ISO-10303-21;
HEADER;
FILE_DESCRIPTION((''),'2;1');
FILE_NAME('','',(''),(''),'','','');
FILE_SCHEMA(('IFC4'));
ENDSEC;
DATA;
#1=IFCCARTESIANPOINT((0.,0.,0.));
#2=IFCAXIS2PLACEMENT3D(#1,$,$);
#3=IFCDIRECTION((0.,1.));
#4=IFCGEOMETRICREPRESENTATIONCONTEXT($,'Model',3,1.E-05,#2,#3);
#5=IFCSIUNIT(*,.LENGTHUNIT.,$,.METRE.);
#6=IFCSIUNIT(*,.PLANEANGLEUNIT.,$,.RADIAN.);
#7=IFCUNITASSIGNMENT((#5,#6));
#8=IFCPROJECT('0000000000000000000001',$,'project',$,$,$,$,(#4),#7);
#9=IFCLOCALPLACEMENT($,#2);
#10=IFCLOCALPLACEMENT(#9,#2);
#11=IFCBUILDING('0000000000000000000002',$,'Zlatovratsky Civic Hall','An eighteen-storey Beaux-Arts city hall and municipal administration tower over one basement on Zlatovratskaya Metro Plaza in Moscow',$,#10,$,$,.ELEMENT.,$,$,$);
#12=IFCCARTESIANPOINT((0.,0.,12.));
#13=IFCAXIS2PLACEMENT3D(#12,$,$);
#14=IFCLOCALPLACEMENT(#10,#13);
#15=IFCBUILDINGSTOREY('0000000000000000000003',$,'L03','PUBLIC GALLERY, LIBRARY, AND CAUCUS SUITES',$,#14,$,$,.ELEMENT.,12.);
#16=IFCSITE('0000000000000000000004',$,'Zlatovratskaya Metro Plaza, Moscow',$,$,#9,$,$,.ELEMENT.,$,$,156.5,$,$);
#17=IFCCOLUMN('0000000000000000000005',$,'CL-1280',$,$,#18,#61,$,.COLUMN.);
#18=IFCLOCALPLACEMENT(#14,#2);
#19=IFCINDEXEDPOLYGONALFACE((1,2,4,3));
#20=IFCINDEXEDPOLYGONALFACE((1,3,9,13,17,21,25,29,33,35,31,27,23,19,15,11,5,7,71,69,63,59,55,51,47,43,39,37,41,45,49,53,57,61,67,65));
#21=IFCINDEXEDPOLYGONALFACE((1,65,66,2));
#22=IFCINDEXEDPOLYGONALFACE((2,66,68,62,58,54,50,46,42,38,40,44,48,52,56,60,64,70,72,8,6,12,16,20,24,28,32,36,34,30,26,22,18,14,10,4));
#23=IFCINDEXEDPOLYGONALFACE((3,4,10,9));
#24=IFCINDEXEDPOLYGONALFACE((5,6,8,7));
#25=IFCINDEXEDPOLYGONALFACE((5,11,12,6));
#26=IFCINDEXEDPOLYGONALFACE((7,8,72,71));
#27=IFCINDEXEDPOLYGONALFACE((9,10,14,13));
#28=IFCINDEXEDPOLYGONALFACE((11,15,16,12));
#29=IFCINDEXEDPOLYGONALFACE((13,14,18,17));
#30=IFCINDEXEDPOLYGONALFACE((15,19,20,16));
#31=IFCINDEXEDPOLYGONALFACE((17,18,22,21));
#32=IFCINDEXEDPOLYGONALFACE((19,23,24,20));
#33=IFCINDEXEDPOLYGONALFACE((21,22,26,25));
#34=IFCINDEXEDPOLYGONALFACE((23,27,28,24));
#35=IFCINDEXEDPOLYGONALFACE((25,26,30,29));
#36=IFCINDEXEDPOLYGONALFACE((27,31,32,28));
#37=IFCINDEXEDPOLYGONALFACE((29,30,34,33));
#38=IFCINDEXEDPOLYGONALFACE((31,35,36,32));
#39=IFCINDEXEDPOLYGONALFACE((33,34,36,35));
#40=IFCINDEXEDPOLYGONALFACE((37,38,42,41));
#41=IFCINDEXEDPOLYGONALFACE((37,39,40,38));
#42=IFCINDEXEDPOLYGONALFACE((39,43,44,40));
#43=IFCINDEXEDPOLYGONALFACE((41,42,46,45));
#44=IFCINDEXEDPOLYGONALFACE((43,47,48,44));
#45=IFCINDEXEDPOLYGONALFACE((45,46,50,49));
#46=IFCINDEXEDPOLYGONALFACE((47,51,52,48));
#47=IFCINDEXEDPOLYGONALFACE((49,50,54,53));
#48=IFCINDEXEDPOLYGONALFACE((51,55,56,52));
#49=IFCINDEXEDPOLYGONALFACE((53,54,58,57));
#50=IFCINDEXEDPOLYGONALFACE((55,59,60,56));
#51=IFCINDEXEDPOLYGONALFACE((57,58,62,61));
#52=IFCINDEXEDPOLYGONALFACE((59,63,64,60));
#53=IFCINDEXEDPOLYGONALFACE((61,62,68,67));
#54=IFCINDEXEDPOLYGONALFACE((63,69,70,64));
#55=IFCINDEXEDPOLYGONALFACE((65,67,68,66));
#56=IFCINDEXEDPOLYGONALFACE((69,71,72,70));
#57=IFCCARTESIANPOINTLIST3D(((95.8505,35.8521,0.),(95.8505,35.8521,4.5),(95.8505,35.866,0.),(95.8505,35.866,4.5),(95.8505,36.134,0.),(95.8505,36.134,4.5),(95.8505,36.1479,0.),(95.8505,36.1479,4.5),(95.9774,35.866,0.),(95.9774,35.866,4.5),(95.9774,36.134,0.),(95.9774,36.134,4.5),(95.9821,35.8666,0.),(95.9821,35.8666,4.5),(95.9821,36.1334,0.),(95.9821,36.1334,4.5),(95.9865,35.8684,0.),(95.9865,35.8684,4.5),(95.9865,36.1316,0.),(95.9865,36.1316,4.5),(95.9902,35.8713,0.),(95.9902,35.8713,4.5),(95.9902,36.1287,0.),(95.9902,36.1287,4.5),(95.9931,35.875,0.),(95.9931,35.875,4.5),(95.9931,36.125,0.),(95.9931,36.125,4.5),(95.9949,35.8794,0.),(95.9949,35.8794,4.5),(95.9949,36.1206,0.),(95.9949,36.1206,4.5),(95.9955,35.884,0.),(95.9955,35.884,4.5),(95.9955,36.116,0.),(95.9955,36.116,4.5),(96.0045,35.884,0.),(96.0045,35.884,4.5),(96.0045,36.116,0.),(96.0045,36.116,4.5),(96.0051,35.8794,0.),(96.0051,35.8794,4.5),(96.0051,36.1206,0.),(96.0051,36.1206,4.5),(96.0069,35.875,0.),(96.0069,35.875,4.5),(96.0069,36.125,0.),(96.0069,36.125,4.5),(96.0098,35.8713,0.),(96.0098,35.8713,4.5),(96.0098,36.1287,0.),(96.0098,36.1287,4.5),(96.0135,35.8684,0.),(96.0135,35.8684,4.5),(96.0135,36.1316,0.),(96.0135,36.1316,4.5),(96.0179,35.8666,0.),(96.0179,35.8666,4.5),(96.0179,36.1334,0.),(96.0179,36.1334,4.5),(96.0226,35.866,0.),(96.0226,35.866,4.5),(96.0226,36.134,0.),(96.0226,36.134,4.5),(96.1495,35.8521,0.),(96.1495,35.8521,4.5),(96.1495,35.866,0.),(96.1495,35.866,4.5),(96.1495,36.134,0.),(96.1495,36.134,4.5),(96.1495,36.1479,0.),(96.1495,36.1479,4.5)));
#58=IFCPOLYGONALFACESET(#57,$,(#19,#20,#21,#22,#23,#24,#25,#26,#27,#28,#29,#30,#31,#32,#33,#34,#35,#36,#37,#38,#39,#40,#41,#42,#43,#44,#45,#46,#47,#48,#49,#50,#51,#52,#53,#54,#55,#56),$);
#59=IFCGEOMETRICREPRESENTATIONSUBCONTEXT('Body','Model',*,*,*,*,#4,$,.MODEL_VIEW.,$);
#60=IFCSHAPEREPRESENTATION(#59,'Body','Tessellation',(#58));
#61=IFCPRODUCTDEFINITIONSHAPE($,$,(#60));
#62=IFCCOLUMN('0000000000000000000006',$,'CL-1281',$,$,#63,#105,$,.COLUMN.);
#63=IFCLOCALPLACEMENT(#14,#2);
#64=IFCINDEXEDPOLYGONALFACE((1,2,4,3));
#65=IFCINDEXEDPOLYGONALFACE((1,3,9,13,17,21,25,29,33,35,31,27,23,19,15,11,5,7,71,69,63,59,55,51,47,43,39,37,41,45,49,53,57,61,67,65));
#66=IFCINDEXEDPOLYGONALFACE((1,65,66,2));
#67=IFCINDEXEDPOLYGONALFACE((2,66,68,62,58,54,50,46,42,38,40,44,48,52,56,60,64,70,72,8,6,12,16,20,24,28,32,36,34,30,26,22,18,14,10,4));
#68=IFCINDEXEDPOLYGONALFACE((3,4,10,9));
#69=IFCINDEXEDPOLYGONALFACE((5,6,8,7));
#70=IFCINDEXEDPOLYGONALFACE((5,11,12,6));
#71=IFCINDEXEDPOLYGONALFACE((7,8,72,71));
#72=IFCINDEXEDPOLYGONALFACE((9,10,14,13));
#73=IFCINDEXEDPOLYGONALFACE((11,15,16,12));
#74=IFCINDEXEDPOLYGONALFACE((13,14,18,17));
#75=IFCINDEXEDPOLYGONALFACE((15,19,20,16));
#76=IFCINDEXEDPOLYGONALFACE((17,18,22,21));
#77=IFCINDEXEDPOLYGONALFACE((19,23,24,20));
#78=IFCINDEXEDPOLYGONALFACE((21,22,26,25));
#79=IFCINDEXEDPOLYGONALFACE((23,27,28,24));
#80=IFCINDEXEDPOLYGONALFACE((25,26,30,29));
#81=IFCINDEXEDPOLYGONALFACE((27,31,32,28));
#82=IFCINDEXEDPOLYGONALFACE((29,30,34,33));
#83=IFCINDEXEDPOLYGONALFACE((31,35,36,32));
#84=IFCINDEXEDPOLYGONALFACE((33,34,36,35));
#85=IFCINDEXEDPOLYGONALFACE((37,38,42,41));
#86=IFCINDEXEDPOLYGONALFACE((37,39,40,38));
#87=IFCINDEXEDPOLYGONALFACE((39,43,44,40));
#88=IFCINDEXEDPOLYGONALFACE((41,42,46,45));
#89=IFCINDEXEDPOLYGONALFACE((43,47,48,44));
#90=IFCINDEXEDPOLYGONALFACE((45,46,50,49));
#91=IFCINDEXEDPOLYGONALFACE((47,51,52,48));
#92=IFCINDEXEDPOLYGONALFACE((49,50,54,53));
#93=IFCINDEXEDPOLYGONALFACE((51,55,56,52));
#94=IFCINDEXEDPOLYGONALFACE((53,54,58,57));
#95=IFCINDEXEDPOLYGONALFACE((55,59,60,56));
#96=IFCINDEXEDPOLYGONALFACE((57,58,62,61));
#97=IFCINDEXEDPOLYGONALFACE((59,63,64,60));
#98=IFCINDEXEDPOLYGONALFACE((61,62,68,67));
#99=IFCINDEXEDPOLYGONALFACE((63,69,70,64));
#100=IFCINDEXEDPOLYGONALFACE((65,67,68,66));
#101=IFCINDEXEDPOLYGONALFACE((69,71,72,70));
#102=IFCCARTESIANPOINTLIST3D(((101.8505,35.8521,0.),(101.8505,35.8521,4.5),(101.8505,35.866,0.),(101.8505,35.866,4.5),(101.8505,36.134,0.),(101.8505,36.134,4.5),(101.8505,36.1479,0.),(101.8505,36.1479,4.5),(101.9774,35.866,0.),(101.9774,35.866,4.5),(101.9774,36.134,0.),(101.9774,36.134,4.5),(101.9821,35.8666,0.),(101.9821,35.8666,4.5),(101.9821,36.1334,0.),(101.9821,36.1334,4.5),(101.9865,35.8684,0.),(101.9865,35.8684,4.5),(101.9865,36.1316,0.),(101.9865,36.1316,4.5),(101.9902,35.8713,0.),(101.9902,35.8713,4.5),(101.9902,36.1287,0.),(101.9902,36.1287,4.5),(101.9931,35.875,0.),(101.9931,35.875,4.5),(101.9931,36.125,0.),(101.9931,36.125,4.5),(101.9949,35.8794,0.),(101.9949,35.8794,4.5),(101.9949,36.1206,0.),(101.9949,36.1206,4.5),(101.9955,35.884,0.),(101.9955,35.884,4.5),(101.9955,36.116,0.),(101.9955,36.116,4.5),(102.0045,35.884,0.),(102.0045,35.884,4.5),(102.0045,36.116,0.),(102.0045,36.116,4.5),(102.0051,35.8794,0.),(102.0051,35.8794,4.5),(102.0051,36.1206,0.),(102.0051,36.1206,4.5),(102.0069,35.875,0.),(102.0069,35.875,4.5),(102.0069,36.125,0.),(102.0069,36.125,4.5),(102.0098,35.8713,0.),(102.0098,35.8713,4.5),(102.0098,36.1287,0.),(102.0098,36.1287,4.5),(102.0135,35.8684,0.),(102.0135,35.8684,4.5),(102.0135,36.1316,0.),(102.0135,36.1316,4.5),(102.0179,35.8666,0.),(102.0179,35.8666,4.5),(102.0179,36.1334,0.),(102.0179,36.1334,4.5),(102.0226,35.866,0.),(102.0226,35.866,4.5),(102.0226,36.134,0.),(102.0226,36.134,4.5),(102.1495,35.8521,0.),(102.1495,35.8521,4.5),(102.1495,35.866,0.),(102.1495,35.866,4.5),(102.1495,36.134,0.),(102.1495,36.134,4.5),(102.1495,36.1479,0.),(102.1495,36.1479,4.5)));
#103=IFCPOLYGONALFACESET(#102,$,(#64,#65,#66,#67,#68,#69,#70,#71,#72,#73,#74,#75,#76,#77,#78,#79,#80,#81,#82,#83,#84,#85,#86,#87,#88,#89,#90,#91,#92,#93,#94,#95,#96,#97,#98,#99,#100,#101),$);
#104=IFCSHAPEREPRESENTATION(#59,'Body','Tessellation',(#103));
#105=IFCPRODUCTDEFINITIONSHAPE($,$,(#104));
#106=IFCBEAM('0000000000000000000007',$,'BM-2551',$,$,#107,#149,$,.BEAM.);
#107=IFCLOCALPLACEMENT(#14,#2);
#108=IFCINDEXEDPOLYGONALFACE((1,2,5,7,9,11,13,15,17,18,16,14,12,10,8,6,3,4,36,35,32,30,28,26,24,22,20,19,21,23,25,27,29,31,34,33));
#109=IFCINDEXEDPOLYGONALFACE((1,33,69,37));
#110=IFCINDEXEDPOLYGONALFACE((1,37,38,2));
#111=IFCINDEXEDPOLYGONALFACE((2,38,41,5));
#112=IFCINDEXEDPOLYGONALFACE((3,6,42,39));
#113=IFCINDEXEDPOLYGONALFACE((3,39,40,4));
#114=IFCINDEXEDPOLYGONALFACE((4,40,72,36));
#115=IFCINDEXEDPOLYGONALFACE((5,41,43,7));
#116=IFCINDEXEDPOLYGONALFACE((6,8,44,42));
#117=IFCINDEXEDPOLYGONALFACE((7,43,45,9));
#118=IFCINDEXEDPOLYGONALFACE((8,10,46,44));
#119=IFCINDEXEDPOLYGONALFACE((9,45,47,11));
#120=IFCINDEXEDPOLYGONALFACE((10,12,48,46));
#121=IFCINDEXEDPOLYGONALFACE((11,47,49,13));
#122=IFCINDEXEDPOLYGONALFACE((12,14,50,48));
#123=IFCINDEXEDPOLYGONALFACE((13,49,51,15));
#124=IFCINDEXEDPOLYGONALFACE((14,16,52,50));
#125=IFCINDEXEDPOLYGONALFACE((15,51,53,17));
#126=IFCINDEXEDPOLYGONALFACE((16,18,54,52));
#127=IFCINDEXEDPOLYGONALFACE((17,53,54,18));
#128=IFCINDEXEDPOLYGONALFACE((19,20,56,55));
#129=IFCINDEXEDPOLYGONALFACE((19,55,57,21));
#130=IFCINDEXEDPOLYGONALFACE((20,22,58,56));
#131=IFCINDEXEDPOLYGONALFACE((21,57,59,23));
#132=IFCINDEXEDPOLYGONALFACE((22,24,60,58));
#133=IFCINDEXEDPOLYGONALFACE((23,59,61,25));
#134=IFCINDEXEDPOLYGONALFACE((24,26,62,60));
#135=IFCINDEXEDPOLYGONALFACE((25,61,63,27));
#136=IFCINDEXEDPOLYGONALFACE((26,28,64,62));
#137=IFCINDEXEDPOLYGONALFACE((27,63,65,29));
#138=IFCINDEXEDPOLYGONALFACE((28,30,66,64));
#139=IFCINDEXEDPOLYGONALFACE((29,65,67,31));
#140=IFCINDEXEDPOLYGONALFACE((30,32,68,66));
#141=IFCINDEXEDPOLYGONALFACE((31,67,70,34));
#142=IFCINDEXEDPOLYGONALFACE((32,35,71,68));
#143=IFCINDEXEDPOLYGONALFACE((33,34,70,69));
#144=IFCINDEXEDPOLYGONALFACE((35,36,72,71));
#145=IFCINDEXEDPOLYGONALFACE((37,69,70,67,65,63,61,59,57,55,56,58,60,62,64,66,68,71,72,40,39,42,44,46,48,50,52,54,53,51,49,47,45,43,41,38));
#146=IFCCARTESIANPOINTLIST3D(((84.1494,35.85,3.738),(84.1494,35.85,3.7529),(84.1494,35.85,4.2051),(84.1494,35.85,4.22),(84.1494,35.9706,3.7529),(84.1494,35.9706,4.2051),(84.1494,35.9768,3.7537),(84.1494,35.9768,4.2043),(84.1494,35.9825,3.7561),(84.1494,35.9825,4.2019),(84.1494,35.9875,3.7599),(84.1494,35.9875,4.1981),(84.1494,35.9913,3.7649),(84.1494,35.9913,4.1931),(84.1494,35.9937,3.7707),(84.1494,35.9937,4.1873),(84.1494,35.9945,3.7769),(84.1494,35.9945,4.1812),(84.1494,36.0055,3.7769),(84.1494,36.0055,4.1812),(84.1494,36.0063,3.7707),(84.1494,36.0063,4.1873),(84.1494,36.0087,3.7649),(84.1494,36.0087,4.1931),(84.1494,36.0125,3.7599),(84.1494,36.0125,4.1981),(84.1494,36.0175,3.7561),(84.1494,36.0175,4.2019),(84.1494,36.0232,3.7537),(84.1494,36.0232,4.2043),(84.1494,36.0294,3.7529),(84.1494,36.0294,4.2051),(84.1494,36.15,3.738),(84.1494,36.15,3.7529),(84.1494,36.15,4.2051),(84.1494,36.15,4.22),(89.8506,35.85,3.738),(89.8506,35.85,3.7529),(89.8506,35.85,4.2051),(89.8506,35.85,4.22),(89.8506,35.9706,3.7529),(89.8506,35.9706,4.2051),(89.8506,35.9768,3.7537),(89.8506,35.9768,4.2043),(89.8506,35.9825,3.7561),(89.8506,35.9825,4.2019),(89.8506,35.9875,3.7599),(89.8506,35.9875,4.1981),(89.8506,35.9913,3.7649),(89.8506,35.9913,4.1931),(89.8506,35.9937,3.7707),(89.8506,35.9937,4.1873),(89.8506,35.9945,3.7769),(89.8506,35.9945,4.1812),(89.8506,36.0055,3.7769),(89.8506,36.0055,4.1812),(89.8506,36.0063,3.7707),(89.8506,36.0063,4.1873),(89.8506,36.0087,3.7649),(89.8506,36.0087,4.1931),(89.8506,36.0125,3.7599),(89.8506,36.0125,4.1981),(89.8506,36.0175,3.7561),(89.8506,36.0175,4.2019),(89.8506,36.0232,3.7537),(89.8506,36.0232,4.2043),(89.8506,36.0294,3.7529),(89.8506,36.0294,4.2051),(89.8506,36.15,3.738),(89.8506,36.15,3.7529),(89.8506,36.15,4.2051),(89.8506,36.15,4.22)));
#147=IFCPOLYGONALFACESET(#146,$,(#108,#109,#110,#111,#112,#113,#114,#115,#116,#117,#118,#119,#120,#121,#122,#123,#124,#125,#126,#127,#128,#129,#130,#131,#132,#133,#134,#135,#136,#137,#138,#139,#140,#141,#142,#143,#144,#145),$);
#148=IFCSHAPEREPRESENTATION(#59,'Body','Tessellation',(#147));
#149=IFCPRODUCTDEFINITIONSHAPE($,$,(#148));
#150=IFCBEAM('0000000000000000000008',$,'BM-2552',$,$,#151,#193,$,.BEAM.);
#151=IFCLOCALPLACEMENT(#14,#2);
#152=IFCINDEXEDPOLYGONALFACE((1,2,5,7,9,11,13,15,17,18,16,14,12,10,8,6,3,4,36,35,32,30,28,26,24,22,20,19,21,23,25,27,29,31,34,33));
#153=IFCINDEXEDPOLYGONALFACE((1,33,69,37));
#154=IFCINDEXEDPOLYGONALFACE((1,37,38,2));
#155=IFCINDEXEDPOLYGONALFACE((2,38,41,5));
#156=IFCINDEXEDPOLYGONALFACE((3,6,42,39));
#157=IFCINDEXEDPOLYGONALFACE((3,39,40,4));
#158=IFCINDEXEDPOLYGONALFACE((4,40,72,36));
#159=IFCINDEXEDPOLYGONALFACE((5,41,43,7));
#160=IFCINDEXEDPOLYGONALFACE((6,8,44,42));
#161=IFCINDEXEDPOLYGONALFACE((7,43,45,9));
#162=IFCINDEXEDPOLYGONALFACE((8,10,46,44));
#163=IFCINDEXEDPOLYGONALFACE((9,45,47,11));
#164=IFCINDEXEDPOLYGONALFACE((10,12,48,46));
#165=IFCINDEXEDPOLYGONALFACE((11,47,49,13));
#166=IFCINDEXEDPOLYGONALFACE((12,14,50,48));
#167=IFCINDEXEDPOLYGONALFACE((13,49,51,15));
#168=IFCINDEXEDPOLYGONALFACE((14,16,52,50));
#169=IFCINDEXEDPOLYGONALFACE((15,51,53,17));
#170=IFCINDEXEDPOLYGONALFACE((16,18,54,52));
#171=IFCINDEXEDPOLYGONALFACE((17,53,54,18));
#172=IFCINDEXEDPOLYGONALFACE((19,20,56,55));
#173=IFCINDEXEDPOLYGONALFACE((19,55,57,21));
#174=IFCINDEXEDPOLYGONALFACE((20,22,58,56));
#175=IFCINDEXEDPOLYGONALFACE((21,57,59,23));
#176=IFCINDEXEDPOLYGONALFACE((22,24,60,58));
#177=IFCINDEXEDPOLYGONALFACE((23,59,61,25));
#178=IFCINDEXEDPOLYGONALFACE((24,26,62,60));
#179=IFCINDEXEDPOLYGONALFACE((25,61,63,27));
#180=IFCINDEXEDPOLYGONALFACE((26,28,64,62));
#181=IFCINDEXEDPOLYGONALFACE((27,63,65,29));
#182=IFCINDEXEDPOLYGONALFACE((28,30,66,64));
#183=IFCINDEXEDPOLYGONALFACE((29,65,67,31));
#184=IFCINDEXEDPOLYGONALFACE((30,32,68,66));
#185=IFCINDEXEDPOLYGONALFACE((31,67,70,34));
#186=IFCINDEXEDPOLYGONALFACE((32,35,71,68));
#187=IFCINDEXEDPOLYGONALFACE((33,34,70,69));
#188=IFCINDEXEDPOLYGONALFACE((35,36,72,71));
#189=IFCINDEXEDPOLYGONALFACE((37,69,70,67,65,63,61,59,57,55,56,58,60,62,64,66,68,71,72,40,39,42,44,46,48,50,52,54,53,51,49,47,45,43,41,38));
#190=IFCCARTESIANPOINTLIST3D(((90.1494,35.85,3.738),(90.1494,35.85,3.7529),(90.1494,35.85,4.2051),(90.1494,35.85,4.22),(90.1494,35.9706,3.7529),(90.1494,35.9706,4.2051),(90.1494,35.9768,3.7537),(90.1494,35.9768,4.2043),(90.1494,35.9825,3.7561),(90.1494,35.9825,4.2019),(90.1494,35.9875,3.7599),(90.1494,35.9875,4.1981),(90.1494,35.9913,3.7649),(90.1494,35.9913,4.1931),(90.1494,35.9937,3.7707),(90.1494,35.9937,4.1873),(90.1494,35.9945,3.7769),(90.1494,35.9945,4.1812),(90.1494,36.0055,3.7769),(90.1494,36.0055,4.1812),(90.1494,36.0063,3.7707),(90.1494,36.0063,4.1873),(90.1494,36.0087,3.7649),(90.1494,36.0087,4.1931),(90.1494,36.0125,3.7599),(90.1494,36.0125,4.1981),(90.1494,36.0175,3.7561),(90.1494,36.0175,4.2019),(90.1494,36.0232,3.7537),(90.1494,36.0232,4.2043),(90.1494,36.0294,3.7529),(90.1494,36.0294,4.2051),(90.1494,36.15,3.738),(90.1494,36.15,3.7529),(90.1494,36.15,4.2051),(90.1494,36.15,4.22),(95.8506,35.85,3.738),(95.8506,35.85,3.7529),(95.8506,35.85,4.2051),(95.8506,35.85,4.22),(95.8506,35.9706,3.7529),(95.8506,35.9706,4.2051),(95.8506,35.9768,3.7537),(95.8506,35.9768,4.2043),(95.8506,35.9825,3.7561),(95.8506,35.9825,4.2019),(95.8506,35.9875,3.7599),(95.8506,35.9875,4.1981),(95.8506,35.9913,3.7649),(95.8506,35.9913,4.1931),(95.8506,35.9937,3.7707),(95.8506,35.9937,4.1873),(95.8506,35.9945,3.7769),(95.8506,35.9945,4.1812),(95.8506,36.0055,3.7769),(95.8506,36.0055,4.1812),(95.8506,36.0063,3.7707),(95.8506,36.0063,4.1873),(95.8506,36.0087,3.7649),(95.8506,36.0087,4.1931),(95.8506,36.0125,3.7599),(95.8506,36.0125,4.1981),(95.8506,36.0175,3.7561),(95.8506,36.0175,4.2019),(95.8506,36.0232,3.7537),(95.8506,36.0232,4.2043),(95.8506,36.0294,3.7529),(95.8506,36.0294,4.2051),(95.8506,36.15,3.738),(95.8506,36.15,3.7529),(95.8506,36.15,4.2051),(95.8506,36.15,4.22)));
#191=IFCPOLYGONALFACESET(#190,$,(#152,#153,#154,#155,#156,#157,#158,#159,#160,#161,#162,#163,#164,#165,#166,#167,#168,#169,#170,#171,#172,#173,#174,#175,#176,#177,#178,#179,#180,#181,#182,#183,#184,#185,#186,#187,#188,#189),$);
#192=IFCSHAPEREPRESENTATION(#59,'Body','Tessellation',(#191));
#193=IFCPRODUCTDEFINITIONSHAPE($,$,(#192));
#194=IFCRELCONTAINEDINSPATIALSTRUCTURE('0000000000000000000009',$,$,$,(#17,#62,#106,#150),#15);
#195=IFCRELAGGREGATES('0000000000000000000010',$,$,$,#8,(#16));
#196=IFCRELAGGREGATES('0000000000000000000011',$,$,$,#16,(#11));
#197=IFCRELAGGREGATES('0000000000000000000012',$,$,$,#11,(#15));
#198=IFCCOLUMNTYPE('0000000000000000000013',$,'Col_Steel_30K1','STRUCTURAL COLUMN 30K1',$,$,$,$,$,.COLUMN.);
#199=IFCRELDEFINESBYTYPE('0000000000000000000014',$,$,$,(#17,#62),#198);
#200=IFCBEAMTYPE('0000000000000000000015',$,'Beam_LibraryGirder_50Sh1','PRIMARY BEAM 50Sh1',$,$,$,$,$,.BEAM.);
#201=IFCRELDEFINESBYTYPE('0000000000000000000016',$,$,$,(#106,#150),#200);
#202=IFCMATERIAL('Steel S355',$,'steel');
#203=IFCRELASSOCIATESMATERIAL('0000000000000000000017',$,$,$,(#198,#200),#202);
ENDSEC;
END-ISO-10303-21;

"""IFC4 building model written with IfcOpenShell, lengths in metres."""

from ifc_helpers import new_model, si_unit, direction, frame, origin, origin_2d, place, context, subcontext, project, spatial, i_section, extrude, material, material_profile, profile_set, type_object, element, save


model = new_model("IFC4")

# Units and contexts
model_context = context("Model", 3, precision=1e-05, world=origin(), true_north=direction((0.0, 1.0)))
body_context = subcontext(model_context, "Body", "Model", "MODEL_VIEW")
ifc_project = project(units=[si_unit("LENGTHUNIT", "METRE"), si_unit("PLANEANGLEUNIT", "RADIAN")], contexts=[model_context])

# Site, building, storey
site_placement = place(None, origin())
site = spatial("IfcSite", under=ifc_project, at=site_placement, Name="Zlatovratskaya Metro Plaza, Moscow", CompositionType="ELEMENT", RefElevation=156.5)
building_placement = place(site_placement, origin())
building = spatial("IfcBuilding", under=site, at=building_placement, Name="Zlatovratsky Civic Hall", Description="An eighteen-storey Beaux-Arts city hall and municipal administration tower over one basement on Zlatovratskaya Metro Plaza in Moscow", CompositionType="ELEMENT")
storey_placement = place(building_placement, frame((0.0, 0.0, 12.0)))
storey = spatial("IfcBuildingStorey", under=building, at=storey_placement, Name="L03", Description="PUBLIC GALLERY, LIBRARY, AND CAUCUS SUITES", CompositionType="ELEMENT", Elevation=12.0)

# Columns
ifc_material_1 = material(Name="Steel S355", Category="steel")
ifc_material_profile_1 = material_profile(ifc_material_1, i_section(OverallWidth=0.2991, OverallDepth=0.2959, WebThickness=0.009, FlangeThickness=0.0139, FilletRadius=0.0181, at=origin_2d()), Name="30K1")
ifc_profile_set_1 = profile_set([ifc_material_profile_1], Name="Steel S355")
column_type_1 = type_object("IfcColumnType", Name="Col_Steel_30K1", Description="STRUCTURAL COLUMN 30K1", PredefinedType="COLUMN", material=ifc_profile_set_1)
for number, where, z_axis, x_axis, name in (
    (1, (96.0, 36.0, 0.0), (0.0, 0.0, 1.0), (1.0, 0.0, 0.0), "CL-1280"),
    (2, (102.0, 36.0, 0.0), (0.0, 0.0, 1.0), (1.0, 0.0, 0.0), "CL-1281"),
):
    element("IfcColumn", number, at=place(storey_placement, frame(where, z_axis=z_axis, x_axis=x_axis)), inside=storey, type_object=column_type_1, Name=name, PredefinedType="COLUMN", context=body_context, shape_type="SweptSolid", body=[
        extrude(i_section(OverallWidth=0.2991, OverallDepth=0.2959, WebThickness=0.009, FlangeThickness=0.0139, FilletRadius=0.0181, at=origin_2d()), origin(), (0.0, 0.0, 1.0), 4.5),
    ])

# Beams
ifc_material_profile_2 = material_profile(ifc_material_1, i_section(OverallWidth=0.3, OverallDepth=0.4819, WebThickness=0.011, FlangeThickness=0.0149, FilletRadius=0.0239, at=origin_2d()), Name="50Sh1")
ifc_profile_set_2 = profile_set([ifc_material_profile_2], Name="Steel S355")
beam_type = type_object("IfcBeamType", Name="Beam_LibraryGirder_50Sh1", Description="PRIMARY BEAM 50Sh1", PredefinedType="BEAM", material=ifc_profile_set_2)
for number, where, z_axis, x_axis, name in (
    (3, (84.1494, 36.0, 3.979), (1.0, 0.0, 0.0), (0.0, 1.0, 0.0), "BM-2551"),
    (4, (90.1494, 36.0, 3.979), (1.0, 0.0, 0.0), (0.0, 1.0, 0.0), "BM-2552"),
):
    element("IfcBeam", number, at=place(storey_placement, frame(where, z_axis=z_axis, x_axis=x_axis)), inside=storey, type_object=beam_type, Name=name, PredefinedType="BEAM", context=body_context, shape_type="SweptSolid", body=[
        extrude(i_section(OverallWidth=0.3, OverallDepth=0.4819, WebThickness=0.011, FlangeThickness=0.0149, FilletRadius=0.0239, at=origin_2d()), origin(), (0.0, 0.0, 1.0), 5.7012),
    ])

save(model, "model.ifc")
